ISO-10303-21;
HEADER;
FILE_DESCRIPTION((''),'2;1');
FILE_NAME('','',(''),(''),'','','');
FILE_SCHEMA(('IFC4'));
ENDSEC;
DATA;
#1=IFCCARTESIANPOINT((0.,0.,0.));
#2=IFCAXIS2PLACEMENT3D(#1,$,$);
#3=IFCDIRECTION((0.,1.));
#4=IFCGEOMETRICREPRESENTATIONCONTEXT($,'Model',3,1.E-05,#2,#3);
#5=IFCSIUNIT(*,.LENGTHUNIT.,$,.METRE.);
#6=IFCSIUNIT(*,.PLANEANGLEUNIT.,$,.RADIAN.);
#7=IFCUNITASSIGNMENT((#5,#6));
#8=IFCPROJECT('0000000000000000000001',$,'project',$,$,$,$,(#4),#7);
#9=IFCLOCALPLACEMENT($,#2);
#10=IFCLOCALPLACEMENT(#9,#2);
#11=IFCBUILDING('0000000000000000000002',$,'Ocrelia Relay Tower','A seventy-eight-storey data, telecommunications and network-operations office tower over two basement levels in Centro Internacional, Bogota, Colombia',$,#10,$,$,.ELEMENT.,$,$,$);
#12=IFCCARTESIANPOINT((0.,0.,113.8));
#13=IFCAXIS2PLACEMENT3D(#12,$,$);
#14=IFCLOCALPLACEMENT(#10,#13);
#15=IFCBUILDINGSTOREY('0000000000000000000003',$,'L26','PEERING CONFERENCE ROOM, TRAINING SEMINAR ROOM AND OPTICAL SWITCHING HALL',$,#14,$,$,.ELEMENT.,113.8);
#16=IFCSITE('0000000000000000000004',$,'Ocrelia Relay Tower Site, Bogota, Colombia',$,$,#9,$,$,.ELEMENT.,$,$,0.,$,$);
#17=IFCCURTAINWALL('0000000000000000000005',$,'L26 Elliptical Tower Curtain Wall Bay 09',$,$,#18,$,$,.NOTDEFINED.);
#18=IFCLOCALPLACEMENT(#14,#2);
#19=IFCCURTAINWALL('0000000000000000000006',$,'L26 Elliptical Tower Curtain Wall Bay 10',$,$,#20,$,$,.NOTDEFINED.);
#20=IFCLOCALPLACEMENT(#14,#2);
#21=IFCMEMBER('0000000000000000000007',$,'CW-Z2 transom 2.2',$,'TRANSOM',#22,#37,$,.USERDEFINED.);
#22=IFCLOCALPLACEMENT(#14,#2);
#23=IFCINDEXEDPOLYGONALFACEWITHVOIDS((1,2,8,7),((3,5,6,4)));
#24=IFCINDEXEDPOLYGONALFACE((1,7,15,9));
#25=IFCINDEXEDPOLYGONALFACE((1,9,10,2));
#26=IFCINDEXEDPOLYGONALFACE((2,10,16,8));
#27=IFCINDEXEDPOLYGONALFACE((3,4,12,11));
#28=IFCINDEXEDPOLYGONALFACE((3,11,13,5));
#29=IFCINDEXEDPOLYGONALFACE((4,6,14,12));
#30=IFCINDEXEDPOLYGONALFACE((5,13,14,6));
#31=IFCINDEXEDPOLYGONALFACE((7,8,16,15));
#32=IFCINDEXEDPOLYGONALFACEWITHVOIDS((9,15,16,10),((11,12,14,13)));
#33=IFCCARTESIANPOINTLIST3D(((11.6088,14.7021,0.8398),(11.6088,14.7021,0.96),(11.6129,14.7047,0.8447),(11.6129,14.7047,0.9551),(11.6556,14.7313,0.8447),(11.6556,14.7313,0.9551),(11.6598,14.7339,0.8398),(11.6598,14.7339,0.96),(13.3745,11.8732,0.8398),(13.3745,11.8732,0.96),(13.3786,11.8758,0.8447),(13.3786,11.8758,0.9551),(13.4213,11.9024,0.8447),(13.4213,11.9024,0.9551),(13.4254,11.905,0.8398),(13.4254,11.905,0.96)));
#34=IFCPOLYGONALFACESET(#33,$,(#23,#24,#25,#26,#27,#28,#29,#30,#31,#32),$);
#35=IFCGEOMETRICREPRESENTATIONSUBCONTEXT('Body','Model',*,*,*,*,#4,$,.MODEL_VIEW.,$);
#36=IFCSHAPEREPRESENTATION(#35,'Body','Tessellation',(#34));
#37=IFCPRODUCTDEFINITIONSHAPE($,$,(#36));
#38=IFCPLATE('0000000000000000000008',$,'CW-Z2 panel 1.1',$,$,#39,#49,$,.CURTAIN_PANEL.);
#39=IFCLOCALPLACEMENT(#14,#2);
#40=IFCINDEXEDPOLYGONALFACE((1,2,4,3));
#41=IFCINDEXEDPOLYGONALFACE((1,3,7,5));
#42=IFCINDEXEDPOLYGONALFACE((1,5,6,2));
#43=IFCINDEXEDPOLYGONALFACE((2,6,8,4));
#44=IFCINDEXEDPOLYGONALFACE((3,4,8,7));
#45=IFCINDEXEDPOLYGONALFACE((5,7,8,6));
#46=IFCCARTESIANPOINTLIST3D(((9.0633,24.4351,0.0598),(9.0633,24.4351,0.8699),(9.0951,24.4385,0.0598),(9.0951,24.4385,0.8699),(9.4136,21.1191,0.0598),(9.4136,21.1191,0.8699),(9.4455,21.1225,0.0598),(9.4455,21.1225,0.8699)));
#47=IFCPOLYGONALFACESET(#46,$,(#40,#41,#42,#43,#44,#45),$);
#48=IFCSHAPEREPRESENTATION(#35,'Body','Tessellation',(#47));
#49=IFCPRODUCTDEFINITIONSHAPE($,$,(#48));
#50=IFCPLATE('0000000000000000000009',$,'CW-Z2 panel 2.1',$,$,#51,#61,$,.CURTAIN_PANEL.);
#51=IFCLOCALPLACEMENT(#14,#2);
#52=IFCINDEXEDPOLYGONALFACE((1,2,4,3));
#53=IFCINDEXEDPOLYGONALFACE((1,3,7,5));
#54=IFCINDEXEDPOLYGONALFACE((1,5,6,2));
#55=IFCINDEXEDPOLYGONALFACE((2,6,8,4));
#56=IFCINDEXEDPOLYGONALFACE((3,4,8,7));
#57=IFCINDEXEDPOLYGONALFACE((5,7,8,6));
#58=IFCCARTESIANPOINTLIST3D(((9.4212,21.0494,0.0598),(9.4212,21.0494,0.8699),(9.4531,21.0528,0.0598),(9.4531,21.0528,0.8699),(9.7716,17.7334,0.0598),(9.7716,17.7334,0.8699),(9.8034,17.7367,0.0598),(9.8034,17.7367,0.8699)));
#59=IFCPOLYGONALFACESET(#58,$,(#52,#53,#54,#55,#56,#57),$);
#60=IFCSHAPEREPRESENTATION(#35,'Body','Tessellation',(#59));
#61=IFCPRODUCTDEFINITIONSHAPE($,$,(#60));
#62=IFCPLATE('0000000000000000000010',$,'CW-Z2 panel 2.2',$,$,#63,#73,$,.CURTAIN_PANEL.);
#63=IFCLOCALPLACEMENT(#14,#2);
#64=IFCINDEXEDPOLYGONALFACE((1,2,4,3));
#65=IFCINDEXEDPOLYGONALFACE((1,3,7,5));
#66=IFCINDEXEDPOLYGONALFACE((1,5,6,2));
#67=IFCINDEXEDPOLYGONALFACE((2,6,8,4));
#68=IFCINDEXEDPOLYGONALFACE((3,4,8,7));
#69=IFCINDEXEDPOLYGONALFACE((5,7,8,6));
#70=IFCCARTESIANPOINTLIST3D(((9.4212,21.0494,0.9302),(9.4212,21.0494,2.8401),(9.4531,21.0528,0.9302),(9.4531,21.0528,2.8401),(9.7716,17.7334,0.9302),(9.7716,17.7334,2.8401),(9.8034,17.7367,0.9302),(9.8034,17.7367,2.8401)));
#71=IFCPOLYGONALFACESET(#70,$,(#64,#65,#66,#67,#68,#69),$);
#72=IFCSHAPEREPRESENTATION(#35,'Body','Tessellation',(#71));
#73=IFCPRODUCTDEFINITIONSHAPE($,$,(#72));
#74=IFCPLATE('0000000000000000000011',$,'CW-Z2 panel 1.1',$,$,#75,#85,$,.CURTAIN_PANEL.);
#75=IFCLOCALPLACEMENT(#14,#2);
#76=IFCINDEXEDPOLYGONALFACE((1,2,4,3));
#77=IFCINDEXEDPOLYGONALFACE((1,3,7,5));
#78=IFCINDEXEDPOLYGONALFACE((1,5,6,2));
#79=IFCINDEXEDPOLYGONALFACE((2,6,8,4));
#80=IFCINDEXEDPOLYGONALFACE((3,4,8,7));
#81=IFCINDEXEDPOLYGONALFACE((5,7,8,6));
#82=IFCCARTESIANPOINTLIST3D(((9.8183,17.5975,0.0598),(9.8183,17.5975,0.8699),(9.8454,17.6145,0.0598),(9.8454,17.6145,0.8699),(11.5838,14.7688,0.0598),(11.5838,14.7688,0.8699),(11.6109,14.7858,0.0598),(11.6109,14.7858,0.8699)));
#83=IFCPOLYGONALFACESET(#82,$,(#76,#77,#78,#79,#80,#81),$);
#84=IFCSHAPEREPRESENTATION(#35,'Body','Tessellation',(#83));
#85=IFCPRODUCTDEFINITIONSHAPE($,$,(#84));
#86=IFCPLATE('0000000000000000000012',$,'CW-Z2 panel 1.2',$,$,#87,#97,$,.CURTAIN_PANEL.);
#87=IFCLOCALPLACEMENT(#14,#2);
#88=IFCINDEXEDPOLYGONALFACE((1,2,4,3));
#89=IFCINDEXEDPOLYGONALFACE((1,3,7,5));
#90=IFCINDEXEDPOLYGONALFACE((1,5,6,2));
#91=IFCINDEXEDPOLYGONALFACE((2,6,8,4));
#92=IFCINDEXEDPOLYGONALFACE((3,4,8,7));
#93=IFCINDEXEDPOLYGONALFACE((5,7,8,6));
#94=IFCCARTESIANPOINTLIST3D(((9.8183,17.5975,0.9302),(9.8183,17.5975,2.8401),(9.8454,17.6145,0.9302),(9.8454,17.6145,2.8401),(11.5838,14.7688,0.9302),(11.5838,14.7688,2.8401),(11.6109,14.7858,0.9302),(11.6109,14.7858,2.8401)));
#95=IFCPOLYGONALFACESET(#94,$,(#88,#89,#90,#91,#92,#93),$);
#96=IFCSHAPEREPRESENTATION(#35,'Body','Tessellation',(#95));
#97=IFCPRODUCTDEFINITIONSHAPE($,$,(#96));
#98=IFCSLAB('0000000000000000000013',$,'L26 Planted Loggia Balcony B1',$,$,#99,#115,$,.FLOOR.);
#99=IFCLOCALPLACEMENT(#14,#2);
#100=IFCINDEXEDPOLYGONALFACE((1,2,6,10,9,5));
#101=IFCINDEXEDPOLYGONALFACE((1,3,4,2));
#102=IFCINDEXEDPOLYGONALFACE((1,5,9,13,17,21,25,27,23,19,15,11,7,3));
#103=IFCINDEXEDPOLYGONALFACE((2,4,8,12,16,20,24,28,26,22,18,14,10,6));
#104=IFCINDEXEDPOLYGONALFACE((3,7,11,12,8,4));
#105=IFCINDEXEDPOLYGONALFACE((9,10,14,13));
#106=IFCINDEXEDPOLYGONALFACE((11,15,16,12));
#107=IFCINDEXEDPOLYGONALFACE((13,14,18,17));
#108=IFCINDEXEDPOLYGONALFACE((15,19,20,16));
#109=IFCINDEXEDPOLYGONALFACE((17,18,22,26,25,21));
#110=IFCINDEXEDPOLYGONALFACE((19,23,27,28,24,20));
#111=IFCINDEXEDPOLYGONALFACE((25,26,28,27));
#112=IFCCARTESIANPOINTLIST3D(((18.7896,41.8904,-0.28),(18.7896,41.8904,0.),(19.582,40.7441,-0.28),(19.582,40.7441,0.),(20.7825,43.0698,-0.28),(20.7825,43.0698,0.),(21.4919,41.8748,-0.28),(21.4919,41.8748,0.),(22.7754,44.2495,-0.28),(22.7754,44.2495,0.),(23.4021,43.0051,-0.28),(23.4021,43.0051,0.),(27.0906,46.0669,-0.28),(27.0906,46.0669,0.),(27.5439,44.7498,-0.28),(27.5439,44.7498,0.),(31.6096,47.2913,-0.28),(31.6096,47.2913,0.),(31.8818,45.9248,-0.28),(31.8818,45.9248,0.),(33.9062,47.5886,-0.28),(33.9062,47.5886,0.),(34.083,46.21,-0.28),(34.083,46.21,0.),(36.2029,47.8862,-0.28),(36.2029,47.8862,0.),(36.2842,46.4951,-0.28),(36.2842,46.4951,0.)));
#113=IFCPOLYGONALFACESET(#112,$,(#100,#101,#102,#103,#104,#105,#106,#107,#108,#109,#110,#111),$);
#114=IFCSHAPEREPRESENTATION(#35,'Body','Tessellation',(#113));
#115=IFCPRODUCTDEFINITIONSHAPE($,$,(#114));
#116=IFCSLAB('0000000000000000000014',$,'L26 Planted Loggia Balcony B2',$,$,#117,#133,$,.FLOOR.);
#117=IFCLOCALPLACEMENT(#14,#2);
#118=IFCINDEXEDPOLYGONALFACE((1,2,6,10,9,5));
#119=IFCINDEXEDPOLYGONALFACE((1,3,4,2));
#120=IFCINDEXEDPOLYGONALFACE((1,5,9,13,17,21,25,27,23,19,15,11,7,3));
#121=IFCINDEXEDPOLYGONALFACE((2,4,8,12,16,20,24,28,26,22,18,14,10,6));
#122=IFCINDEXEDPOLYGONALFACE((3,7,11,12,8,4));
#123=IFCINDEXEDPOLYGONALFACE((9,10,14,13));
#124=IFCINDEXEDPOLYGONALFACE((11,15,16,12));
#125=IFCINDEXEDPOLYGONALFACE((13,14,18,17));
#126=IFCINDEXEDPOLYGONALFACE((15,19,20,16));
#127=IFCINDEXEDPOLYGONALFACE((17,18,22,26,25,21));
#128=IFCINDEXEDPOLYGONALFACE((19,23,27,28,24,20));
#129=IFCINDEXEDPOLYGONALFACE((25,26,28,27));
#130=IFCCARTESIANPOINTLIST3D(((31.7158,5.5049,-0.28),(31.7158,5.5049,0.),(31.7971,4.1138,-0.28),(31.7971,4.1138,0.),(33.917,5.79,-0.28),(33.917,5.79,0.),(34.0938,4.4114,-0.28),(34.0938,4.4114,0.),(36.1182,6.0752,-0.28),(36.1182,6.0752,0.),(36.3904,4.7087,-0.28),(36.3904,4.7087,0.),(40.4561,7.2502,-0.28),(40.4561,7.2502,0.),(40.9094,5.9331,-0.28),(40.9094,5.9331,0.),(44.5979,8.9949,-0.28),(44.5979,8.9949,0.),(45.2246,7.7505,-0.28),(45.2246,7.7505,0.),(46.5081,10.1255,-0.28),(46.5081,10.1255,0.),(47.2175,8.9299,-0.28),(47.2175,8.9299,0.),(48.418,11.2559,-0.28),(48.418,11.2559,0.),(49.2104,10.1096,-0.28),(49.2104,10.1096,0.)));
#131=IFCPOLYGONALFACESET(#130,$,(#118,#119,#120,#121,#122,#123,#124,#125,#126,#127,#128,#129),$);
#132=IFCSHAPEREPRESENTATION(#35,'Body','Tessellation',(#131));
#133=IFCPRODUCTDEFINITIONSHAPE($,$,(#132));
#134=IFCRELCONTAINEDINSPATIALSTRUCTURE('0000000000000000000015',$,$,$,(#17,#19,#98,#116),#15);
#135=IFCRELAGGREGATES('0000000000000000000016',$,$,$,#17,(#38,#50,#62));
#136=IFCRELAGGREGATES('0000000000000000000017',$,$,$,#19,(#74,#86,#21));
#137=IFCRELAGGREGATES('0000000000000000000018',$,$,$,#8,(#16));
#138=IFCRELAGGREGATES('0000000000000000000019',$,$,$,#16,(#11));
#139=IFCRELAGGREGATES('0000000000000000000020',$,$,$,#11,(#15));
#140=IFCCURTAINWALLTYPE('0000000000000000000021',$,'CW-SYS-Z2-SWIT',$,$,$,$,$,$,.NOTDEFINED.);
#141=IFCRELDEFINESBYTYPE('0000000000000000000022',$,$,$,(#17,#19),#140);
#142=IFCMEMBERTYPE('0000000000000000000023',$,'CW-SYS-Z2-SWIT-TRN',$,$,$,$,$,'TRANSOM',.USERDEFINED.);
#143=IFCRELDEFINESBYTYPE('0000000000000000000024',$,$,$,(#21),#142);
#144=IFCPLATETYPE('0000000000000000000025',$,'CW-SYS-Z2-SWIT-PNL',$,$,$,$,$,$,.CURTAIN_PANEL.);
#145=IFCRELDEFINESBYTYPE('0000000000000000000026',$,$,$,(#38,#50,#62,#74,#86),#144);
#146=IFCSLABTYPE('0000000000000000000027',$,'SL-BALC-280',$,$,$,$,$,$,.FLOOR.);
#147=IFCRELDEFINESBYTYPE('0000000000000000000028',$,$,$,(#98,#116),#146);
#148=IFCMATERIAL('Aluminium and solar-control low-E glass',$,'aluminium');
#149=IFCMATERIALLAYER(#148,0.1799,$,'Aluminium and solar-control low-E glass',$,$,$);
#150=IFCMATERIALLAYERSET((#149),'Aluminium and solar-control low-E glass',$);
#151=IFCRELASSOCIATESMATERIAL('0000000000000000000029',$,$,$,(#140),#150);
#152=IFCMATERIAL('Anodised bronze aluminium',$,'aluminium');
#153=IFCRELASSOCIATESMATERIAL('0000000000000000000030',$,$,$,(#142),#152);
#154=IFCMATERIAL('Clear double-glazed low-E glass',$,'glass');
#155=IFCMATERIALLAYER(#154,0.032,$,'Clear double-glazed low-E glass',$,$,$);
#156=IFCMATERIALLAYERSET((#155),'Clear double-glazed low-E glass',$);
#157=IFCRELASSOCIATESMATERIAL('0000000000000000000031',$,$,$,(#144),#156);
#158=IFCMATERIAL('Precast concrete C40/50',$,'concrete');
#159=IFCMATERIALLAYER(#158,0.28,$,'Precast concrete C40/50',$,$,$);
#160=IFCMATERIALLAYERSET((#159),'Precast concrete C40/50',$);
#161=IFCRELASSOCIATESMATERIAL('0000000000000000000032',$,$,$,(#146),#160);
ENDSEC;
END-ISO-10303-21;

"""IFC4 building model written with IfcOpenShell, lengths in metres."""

from ifc_helpers import new_model, si_unit, direction, frame, origin, origin_2d, place, context, subcontext, project, spatial, polyline, rectangle, hollow_rectangle, outline, extrude, material, layer, layer_set, material_profile, profile_set, type_object, element, aggregate, save


model = new_model("IFC4")

# Units and contexts
model_context = context("Model", 3, precision=1e-05, world=origin(), true_north=direction((0.0, 1.0)))
body_context = subcontext(model_context, "Body", "Model", "MODEL_VIEW")
ifc_project = project(units=[si_unit("LENGTHUNIT", "METRE"), si_unit("PLANEANGLEUNIT", "RADIAN")], contexts=[model_context])

# Site, building, storey
site_placement = place(None, origin())
site = spatial("IfcSite", under=ifc_project, at=site_placement, Name="Ocrelia Relay Tower Site, Bogota, Colombia", CompositionType="ELEMENT", RefElevation=0.0)
building_placement = place(site_placement, origin())
building = spatial("IfcBuilding", under=site, at=building_placement, Name="Ocrelia Relay Tower", Description="A seventy-eight-storey data, telecommunications and network-operations office tower over two basement levels in Centro Internacional, Bogota, Colombia", CompositionType="ELEMENT")
storey_placement = place(building_placement, frame((0.0, 0.0, 113.8)))
storey = spatial("IfcBuildingStorey", under=building, at=storey_placement, Name="L26", Description="PEERING CONFERENCE ROOM, TRAINING SEMINAR ROOM AND OPTICAL SWITCHING HALL", CompositionType="ELEMENT", Elevation=113.8)

# Curtain walls
ifc_material_1 = material(Name="Aluminium and solar-control low-E glass", Category="aluminium")
ifc_layer_1 = layer(ifc_material_1, 0.1799, Name="Aluminium and solar-control low-E glass")
ifc_layer_set_1 = layer_set([ifc_layer_1], Name="Aluminium and solar-control low-E glass")
curtain_wall_type = type_object("IfcCurtainWallType", Name="CW-SYS-Z2-SWIT", PredefinedType="NOTDEFINED", material=ifc_layer_set_1)
curtain_wall_1_placement = place(storey_placement, origin())
curtain_wall_1 = element("IfcCurtainWall", 1, at=curtain_wall_1_placement, inside=storey, type_object=curtain_wall_type, Name="L26 Elliptical Tower Curtain Wall Bay 09", PredefinedType="NOTDEFINED")
ifc_material_2 = material(Name="Anodised bronze aluminium", Category="aluminium")
curtain_wall_2_placement = place(storey_placement, origin())
curtain_wall_2 = element("IfcCurtainWall", 2, at=curtain_wall_2_placement, inside=storey, type_object=curtain_wall_type, Name="L26 Elliptical Tower Curtain Wall Bay 10", PredefinedType="NOTDEFINED")

# Member
ifc_material_profile_1 = material_profile(ifc_material_2, hollow_rectangle(XDim=0.0601, YDim=0.1201, WallThickness=0.0049, at=origin_2d()), Name="CW-TRN-120x60")
ifc_profile_set_1 = profile_set([ifc_material_profile_1], Name="Anodised bronze aluminium")
member_type_1 = type_object("IfcMemberType", Name="CW-SYS-Z2-SWIT-TRN", ElementType="TRANSOM", PredefinedType="USERDEFINED", material=ifc_profile_set_1)
member_1_placement = place(storey_placement, frame((11.6343, 14.718, 0.8999), z_axis=(0.529479, -0.848323, 0.0), x_axis=(0.848323, 0.529479, 0.0)))
member_1 = element("IfcMember", 3, at=member_1_placement, type_object=member_type_1, Name="CW-Z2 transom 2.2", ObjectType="TRANSOM", PredefinedType="USERDEFINED", context=body_context, shape_type="SweptSolid", body=[
    extrude(hollow_rectangle(XDim=0.0601, YDim=0.1201, WallThickness=0.0049, at=origin_2d()), origin(), (0.0, 0.0, 1.0), 3.3347),
])

# Plates
ifc_material_3 = material(Name="Clear double-glazed low-E glass", Category="glass")
ifc_layer_2 = layer(ifc_material_3, 0.032, Name="Clear double-glazed low-E glass")
ifc_layer_set_2 = layer_set([ifc_layer_2], Name="Clear double-glazed low-E glass")
plate_type = type_object("IfcPlateType", Name="CW-SYS-Z2-SWIT-PNL", PredefinedType="CURTAIN_PANEL", material=ifc_layer_set_2)
plate_1_placement = place(storey_placement, frame((9.2544, 22.7788, 0.0598), z_axis=(0.0, 0.0, 1.0), x_axis=(0.105058, -0.994466, 0.0)))
plate_1 = element("IfcPlate", 4, at=plate_1_placement, type_object=plate_type, Name="CW-Z2 panel 1.1", PredefinedType="CURTAIN_PANEL", context=body_context, shape_type="SweptSolid", body=[
    extrude(rectangle(XDim=3.3345, YDim=0.032, at=origin_2d()), origin(), (0.0, 0.0, 1.0), 0.8101),
])
plate_2_placement = place(storey_placement, frame((9.6123, 19.3931, 0.0598), z_axis=(0.0, 0.0, 1.0), x_axis=(0.105058, -0.994466, 0.0)))
plate_2 = element("IfcPlate", 5, at=plate_2_placement, type_object=plate_type, Name="CW-Z2 panel 2.1", PredefinedType="CURTAIN_PANEL", context=body_context, shape_type="SweptSolid", body=[
    extrude(rectangle(XDim=3.3345, YDim=0.032, at=origin_2d()), origin(), (0.0, 0.0, 1.0), 0.8101),
])
plate_3_placement = place(storey_placement, frame((9.6123, 19.3931, 0.9302), z_axis=(0.0, 0.0, 1.0), x_axis=(0.105058, -0.994466, 0.0)))
plate_3 = element("IfcPlate", 6, at=plate_3_placement, type_object=plate_type, Name="CW-Z2 panel 2.2", PredefinedType="CURTAIN_PANEL", context=body_context, shape_type="SweptSolid", body=[
    extrude(rectangle(XDim=3.3345, YDim=0.032, at=origin_2d()), origin(), (0.0, 0.0, 1.0), 1.9099),
])
aggregate(curtain_wall_1, [plate_1, plate_2, plate_3])
plate_4_placement = place(storey_placement, frame((10.7146, 16.1917, 0.0598), z_axis=(0.0, 0.0, 1.0), x_axis=(0.529468, -0.84833, 0.0)))
plate_4 = element("IfcPlate", 7, at=plate_4_placement, type_object=plate_type, Name="CW-Z2 panel 1.1", PredefinedType="CURTAIN_PANEL", context=body_context, shape_type="SweptSolid", body=[
    extrude(rectangle(XDim=3.3345, YDim=0.032, at=origin_2d()), origin(), (0.0, 0.0, 1.0), 0.8101),
])
plate_5_placement = place(storey_placement, frame((10.7146, 16.1917, 0.9302), z_axis=(0.0, 0.0, 1.0), x_axis=(0.529468, -0.84833, 0.0)))
plate_5 = element("IfcPlate", 8, at=plate_5_placement, type_object=plate_type, Name="CW-Z2 panel 1.2", PredefinedType="CURTAIN_PANEL", context=body_context, shape_type="SweptSolid", body=[
    extrude(rectangle(XDim=3.3345, YDim=0.032, at=origin_2d()), origin(), (0.0, 0.0, 1.0), 1.9099),
])
aggregate(curtain_wall_2, [plate_4, plate_5, member_1])

# Slabs
ifc_material_4 = material(Name="Precast concrete C40/50", Category="concrete")
ifc_layer_3 = layer(ifc_material_4, 0.28, Name="Precast concrete C40/50")
ifc_layer_set_3 = layer_set([ifc_layer_3], Name="Precast concrete C40/50")
slab_type_1 = type_object("IfcSlabType", Name="SL-BALC-280", PredefinedType="FLOOR", material=ifc_layer_set_3)
slab_1_placement = place(storey_placement, frame((0.0, 0.0, -0.28)))
element("IfcSlab", 9, at=slab_1_placement, inside=storey, type_object=slab_type_1, Name="L26 Planted Loggia Balcony B1", PredefinedType="FLOOR", context=body_context, shape_type="SweptSolid", body=[
    extrude(outline(polyline([(36.2842, 46.4951), (34.083, 46.21), (31.8818, 45.9248), (27.5439, 44.7498), (23.4021, 43.0051), (21.4919, 41.8748), (19.582, 40.7441), (18.7896, 41.8904), (20.7825, 43.0698), (22.7754, 44.2495), (27.0906, 46.0669), (31.6096, 47.2913), (33.9062, 47.5886), (36.2029, 47.8862), (36.2842, 46.4951)])), origin(), (0.0, 0.0, 1.0), 0.28),
])
slab_2_placement = place(storey_placement, frame((0.0, 0.0, -0.28)))
element("IfcSlab", 10, at=slab_2_placement, inside=storey, type_object=slab_type_1, Name="L26 Planted Loggia Balcony B2", PredefinedType="FLOOR", context=body_context, shape_type="SweptSolid", body=[
    extrude(outline(polyline([(31.7158, 5.5049), (33.917, 5.79), (36.1182, 6.0752), (40.4561, 7.2502), (44.5979, 8.9949), (46.5081, 10.1255), (48.418, 11.2559), (49.2104, 10.1096), (47.2175, 8.9299), (45.2246, 7.7505), (40.9094, 5.9331), (36.3904, 4.7087), (34.0938, 4.4114), (31.7971, 4.1138), (31.7158, 5.5049)])), origin(), (0.0, 0.0, 1.0), 0.28),
])

save(model, "model.ifc")
